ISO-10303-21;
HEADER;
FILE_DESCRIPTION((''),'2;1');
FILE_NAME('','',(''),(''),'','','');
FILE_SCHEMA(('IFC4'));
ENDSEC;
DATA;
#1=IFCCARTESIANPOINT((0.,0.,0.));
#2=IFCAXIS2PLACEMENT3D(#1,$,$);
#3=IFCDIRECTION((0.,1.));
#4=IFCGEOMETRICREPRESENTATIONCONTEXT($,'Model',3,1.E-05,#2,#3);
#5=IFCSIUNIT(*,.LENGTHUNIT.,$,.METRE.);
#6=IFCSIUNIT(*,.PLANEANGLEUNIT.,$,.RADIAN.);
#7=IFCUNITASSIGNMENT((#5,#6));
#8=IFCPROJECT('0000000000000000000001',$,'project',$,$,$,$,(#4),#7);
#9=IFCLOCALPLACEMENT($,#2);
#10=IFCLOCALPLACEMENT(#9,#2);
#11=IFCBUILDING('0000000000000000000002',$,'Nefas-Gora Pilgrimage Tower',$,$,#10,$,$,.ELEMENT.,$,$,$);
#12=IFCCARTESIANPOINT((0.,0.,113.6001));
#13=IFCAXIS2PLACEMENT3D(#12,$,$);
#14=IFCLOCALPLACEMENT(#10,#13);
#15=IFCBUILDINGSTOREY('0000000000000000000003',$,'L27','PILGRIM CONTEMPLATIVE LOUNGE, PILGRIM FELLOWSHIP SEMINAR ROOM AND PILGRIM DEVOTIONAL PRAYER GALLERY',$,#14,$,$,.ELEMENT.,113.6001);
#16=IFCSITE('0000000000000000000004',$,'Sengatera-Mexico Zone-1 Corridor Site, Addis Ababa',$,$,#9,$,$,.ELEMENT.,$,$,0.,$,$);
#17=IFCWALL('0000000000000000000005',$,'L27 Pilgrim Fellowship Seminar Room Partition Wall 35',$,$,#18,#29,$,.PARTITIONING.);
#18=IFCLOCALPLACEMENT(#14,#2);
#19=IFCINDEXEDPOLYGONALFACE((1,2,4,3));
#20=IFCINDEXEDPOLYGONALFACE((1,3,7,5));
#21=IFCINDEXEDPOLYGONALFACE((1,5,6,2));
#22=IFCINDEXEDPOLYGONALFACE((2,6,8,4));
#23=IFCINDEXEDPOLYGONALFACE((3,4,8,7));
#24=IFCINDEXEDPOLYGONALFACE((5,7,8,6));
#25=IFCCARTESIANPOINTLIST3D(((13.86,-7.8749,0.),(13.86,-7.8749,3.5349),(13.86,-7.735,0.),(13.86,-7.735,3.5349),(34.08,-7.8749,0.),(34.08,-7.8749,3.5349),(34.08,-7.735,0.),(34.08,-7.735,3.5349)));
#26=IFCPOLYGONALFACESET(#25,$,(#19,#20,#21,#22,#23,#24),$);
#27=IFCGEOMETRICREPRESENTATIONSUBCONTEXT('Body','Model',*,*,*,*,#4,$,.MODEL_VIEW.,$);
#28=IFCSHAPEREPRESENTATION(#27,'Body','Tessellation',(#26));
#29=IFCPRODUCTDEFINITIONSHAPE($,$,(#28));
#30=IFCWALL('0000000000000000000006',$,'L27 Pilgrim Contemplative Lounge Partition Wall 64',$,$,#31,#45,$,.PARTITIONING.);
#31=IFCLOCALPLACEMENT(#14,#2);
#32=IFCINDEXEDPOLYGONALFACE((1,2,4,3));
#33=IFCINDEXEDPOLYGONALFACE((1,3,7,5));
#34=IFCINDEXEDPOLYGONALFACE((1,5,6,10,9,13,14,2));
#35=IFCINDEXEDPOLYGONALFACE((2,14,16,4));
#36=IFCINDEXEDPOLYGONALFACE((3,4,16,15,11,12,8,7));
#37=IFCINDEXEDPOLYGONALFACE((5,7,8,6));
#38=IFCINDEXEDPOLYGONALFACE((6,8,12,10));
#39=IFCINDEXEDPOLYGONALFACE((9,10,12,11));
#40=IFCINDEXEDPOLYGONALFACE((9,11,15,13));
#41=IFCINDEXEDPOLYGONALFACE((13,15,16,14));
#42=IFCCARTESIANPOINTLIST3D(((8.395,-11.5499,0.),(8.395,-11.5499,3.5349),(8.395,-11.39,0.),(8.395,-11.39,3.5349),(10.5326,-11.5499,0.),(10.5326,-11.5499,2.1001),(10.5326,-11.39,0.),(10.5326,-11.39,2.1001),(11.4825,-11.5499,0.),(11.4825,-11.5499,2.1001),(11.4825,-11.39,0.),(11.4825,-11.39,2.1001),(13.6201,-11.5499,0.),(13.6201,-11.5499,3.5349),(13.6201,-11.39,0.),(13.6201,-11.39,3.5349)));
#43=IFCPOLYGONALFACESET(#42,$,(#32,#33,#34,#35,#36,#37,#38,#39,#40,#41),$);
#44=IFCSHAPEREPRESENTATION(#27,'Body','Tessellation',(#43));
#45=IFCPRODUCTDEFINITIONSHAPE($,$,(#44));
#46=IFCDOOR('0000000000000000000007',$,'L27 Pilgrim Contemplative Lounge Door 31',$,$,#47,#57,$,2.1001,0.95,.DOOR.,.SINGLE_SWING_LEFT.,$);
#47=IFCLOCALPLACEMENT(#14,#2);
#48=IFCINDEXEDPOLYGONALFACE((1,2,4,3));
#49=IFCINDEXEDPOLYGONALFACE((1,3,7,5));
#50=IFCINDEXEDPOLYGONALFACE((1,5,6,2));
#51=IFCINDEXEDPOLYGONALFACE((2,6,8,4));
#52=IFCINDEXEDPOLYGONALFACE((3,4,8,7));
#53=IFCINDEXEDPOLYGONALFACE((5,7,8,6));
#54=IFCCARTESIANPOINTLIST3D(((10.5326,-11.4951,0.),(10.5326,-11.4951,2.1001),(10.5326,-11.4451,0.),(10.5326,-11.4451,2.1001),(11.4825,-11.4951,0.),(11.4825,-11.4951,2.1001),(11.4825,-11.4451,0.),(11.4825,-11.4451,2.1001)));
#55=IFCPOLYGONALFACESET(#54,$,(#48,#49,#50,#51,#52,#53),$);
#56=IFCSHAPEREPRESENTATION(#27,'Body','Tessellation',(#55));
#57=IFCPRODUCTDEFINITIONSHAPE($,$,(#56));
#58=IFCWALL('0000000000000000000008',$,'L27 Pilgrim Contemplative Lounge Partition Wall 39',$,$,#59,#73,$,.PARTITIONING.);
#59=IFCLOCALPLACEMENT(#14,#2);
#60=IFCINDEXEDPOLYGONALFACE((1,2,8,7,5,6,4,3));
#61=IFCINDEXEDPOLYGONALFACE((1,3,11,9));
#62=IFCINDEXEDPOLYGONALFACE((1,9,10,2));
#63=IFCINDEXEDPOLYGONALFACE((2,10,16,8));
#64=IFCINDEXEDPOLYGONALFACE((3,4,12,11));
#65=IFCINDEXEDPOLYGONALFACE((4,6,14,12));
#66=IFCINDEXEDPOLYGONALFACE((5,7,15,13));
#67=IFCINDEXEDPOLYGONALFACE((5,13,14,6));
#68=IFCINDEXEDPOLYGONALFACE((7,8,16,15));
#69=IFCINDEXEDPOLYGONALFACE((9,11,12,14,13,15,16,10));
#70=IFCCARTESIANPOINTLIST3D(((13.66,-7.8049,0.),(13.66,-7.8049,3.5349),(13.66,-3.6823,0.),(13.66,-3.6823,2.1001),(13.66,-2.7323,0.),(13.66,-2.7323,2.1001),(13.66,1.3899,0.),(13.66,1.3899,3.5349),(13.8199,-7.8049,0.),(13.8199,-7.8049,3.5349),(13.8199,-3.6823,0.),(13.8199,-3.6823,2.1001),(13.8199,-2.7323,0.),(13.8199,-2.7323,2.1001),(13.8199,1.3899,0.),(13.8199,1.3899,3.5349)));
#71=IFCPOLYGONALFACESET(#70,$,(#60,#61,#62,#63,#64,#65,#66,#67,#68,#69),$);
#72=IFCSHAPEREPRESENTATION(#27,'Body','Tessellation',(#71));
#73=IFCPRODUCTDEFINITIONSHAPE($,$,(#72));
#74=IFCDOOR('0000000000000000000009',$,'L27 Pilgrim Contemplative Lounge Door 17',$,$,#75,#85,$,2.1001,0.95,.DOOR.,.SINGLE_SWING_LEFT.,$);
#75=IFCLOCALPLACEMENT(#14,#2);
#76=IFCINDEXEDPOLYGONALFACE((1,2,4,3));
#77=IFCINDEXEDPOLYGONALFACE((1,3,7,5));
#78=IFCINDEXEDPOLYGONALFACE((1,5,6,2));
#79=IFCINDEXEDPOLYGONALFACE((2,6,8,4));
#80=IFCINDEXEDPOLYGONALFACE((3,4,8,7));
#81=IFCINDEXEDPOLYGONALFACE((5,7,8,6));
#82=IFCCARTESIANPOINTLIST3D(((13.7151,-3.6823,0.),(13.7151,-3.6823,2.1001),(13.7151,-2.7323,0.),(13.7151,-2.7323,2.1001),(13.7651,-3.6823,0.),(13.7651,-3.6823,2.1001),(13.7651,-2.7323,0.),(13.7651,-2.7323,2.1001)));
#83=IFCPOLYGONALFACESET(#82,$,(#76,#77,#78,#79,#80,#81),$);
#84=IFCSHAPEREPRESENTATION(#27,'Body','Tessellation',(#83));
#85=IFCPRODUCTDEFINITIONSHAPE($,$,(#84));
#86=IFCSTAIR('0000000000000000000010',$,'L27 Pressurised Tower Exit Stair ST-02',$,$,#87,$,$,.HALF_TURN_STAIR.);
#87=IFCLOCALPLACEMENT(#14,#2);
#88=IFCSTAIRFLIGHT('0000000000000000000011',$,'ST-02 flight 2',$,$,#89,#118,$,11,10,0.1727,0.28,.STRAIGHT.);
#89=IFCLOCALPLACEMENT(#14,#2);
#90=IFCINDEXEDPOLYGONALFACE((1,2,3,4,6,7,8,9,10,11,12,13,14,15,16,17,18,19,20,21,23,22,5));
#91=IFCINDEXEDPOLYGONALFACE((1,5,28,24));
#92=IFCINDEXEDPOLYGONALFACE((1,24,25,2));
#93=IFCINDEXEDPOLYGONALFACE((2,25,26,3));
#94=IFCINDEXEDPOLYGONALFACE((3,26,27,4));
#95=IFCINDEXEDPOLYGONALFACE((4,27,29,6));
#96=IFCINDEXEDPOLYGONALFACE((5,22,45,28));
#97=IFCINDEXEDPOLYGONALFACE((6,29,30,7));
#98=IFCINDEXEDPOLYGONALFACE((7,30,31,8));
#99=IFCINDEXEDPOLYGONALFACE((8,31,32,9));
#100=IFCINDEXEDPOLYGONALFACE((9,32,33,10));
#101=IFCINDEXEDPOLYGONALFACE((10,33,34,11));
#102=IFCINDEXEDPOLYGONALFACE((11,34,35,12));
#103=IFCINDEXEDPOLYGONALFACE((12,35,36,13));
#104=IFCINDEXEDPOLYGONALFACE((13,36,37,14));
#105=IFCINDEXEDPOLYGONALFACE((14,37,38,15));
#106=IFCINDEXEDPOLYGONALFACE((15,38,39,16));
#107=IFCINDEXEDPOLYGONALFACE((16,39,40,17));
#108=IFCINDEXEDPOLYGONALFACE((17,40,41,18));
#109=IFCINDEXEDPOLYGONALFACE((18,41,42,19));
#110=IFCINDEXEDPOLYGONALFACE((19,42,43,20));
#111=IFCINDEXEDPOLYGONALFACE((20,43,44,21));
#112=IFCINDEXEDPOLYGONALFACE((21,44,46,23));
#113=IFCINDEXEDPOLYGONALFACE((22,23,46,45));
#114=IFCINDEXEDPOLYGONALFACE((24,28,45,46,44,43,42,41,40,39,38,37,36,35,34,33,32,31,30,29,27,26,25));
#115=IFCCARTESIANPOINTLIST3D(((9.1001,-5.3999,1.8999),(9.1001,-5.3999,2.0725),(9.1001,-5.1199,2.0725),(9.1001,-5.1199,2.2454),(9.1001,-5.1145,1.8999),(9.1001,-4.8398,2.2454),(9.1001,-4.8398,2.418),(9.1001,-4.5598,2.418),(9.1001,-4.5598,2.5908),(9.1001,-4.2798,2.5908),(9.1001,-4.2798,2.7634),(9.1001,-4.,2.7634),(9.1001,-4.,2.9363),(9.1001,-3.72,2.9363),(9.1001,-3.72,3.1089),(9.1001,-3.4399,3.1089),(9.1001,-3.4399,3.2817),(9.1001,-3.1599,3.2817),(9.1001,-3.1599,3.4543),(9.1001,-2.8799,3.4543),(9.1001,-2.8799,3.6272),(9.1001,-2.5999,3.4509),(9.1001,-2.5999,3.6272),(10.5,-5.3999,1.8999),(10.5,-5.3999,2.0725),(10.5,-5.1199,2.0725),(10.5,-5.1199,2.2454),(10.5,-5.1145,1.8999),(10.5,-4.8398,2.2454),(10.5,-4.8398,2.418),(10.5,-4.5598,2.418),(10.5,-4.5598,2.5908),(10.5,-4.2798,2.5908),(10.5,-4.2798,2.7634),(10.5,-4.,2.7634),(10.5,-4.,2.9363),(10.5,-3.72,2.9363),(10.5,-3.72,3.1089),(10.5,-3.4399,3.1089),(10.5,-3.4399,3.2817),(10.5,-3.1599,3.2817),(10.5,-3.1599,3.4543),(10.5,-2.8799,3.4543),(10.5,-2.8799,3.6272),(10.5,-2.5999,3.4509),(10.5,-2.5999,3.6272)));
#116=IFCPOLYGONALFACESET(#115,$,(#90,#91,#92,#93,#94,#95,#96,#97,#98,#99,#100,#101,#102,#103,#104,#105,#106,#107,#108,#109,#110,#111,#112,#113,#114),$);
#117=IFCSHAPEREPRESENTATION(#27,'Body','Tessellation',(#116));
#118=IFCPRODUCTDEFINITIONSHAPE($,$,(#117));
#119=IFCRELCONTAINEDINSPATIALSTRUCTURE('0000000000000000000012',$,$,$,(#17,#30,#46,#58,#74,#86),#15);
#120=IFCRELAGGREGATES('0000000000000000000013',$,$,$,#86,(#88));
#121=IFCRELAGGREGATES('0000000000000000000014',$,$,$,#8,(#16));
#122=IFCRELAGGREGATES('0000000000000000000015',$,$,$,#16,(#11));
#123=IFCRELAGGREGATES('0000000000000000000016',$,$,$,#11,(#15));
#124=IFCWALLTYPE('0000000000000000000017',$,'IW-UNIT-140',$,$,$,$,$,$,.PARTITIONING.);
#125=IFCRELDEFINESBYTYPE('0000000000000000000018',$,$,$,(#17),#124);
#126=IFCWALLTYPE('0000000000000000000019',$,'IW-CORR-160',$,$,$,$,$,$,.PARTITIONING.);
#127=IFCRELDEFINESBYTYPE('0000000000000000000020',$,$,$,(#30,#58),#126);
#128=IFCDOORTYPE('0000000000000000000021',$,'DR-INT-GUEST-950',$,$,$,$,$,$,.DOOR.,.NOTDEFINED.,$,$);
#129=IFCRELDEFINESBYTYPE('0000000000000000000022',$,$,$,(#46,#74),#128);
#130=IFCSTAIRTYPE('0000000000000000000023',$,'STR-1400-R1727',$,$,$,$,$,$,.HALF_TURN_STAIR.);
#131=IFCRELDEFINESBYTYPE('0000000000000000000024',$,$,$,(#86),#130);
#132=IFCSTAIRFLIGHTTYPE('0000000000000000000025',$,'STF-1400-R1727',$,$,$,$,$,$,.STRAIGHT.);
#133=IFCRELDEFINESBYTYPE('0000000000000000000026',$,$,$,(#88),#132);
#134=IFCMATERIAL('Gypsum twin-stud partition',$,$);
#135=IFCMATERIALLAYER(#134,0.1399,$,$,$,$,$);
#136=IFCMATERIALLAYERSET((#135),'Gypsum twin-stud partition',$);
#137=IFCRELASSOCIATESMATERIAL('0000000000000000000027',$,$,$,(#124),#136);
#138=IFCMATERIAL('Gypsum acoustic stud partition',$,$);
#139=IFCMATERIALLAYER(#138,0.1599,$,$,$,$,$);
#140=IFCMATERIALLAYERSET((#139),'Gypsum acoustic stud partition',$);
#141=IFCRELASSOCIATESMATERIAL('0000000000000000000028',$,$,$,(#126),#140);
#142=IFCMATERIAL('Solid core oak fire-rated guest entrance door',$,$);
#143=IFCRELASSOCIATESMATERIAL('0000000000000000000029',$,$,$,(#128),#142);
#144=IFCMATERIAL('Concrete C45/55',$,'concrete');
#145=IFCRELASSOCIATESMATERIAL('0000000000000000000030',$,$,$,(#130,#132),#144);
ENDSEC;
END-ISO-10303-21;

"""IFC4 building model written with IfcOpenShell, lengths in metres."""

from ifc_helpers import new_model, si_unit, direction, frame, frame_2d, origin, place, context, subcontext, project, spatial, polyline, rectangle, outline, extrude, source, transform, mapped, material, layer, layer_set, type_object, element, fill, aggregate, save


model = new_model("IFC4")

# Units and contexts
model_context = context("Model", 3, precision=1e-05, world=origin(), true_north=direction((0.0, 1.0)))
body_context = subcontext(model_context, "Body", "Model", "MODEL_VIEW")
ifc_project = project(units=[si_unit("LENGTHUNIT", "METRE"), si_unit("PLANEANGLEUNIT", "RADIAN")], contexts=[model_context])

# Site, building, storey
site_placement = place(None, origin())
site = spatial("IfcSite", under=ifc_project, at=site_placement, Name="Sengatera-Mexico Zone-1 Corridor Site, Addis Ababa", CompositionType="ELEMENT", RefElevation=0.0)
building_placement = place(site_placement, origin())
building = spatial("IfcBuilding", under=site, at=building_placement, Name="Nefas-Gora Pilgrimage Tower", CompositionType="ELEMENT")
storey_placement = place(building_placement, frame((0.0, 0.0, 113.6001)))
storey = spatial("IfcBuildingStorey", under=building, at=storey_placement, Name="L27", Description="PILGRIM CONTEMPLATIVE LOUNGE, PILGRIM FELLOWSHIP SEMINAR ROOM AND PILGRIM DEVOTIONAL PRAYER GALLERY", CompositionType="ELEMENT", Elevation=113.6001)

# Wall
ifc_material_1 = material(Name="Concrete C45/55", Category="concrete")
ifc_material_2 = material(Name="Gypsum twin-stud partition")
ifc_layer_1 = layer(ifc_material_2, 0.1399)
ifc_layer_set_1 = layer_set([ifc_layer_1], Name="Gypsum twin-stud partition")
wall_type_1 = type_object("IfcWallType", Name="IW-UNIT-140", PredefinedType="PARTITIONING", material=ifc_layer_set_1)
shared_shape_1 = source(origin(), body_context, "Body", "SweptSolid", [
    extrude(rectangle(XDim=20.22, YDim=0.1399, at=frame_2d((10.1099, 0.0))), origin(), (0.0, 0.0, 1.0), 3.5349),
])
wall_1_placement = place(storey_placement, frame((13.8601, -7.8049, 0.0), z_axis=(0.0, 0.0, 1.0), x_axis=(1.0, 0.0, 0.0)))
element("IfcWall", 1, at=wall_1_placement, inside=storey, type_object=wall_type_1, Name="L27 Pilgrim Fellowship Seminar Room Partition Wall 35", PredefinedType="PARTITIONING", context=body_context, shape_type="MappedRepresentation", body=[
    mapped(shared_shape_1, transform((0.0, 0.0, 0.0), x_axis=(1.0, 0.0, 0.0), y_axis=(0.0, 1.0, 0.0), z_axis=(0.0, 0.0, 1.0), scale=1.0)),
])

# Walls, openings, doors
ifc_material_3 = material(Name="Gypsum acoustic stud partition")
ifc_layer_2 = layer(ifc_material_3, 0.1599)
ifc_layer_set_2 = layer_set([ifc_layer_2], Name="Gypsum acoustic stud partition")
wall_type_2 = type_object("IfcWallType", Name="IW-CORR-160", PredefinedType="PARTITIONING", material=ifc_layer_set_2)
shared_shape_2 = source(origin(), body_context, "Body", "SweptSolid", [
    extrude(rectangle(XDim=5.2251, YDim=0.1599, at=frame_2d((2.6125, 0.0))), origin(), (0.0, 0.0, 1.0), 3.5349),
])
wall_2_placement = place(storey_placement, frame((8.395, -11.47, 0.0), z_axis=(0.0, 0.0, 1.0), x_axis=(1.0, 0.0, 0.0)))
wall_2 = element("IfcWall", 2, at=wall_2_placement, inside=storey, type_object=wall_type_2, Name="L27 Pilgrim Contemplative Lounge Partition Wall 64", PredefinedType="PARTITIONING", context=body_context, shape_type="MappedRepresentation", body=[
    mapped(shared_shape_2, transform((0.0, 0.0, 0.0), x_axis=(1.0, 0.0, 0.0), y_axis=(0.0, 1.0, 0.0), z_axis=(0.0, 0.0, 1.0), scale=1.0)),
])
opening_1_placement = place(wall_2_placement, frame((2.1375, 0.0, 0.0)))
opening_1 = element("IfcOpeningElement", 3, at=opening_1_placement, cuts=wall_2, PredefinedType="OPENING", context=body_context, shape_type="SweptSolid", body=[
    extrude(rectangle(XDim=0.95, YDim=2.1001, at=frame_2d((0.4751, 1.05))), frame((0.0, 0.0898, 0.0), z_axis=(0.0, -1.0, 0.0), x_axis=(1.0, 0.0, 0.0)), (0.0, 0.0, 1.0), 0.1799),
])
ifc_material_4 = material(Name="Solid core oak fire-rated guest entrance door")
door_type_1 = type_object("IfcDoorType", Name="DR-INT-GUEST-950", OperationType="NOTDEFINED", PredefinedType="DOOR", material=ifc_material_4)
shared_shape_3 = source(origin(), body_context, "Body", "SweptSolid", [
    extrude(rectangle(XDim=0.95, YDim=2.1001, at=frame_2d((0.4751, 1.05))), frame((0.0, 0.0249, 0.0), z_axis=(0.0, -1.0, 0.0), x_axis=(1.0, 0.0, 0.0)), (0.0, 0.0, 1.0), 0.05),
])
door_1_placement = place(opening_1_placement, origin())
door_1 = element("IfcDoor", 4, at=door_1_placement, inside=storey, type_object=door_type_1, Name="L27 Pilgrim Contemplative Lounge Door 31", OperationType="SINGLE_SWING_LEFT", OverallHeight=2.1001, OverallWidth=0.95, PredefinedType="DOOR", context=body_context, shape_type="MappedRepresentation", body=[
    mapped(shared_shape_3, transform((0.0, 0.0, 0.0), x_axis=(1.0, 0.0, 0.0), y_axis=(0.0, 1.0, 0.0), z_axis=(0.0, 0.0, 1.0), scale=1.0)),
])
fill(opening_1, door_1)
shared_shape_4 = source(origin(), body_context, "Body", "SweptSolid", [
    extrude(rectangle(XDim=9.1948, YDim=0.1599, at=frame_2d((4.5974, 0.0))), origin(), (0.0, 0.0, 1.0), 3.5349),
])
wall_3_placement = place(storey_placement, frame((13.74, -7.8049, 0.0), z_axis=(0.0, 0.0, 1.0), x_axis=(0.0, 1.0, 0.0)))
wall_3 = element("IfcWall", 5, at=wall_3_placement, inside=storey, type_object=wall_type_2, Name="L27 Pilgrim Contemplative Lounge Partition Wall 39", PredefinedType="PARTITIONING", context=body_context, shape_type="MappedRepresentation", body=[
    mapped(shared_shape_4, transform((0.0, 0.0, 0.0), x_axis=(1.0, 0.0, 0.0), y_axis=(0.0, 1.0, 0.0), z_axis=(0.0, 0.0, 1.0), scale=1.0)),
])
opening_2_placement = place(wall_3_placement, frame((4.1226, 0.0, 0.0)))
opening_2 = element("IfcOpeningElement", 6, at=opening_2_placement, cuts=wall_3, PredefinedType="OPENING", context=body_context, shape_type="SweptSolid", body=[
    extrude(rectangle(XDim=0.95, YDim=2.1001, at=frame_2d((0.4751, 1.05))), frame((0.0, 0.0898, 0.0), z_axis=(0.0, -1.0, 0.0), x_axis=(1.0, 0.0, 0.0)), (0.0, 0.0, 1.0), 0.1799),
])
door_2_placement = place(opening_2_placement, origin())
door_2 = element("IfcDoor", 7, at=door_2_placement, inside=storey, type_object=door_type_1, Name="L27 Pilgrim Contemplative Lounge Door 17", OperationType="SINGLE_SWING_LEFT", OverallHeight=2.1001, OverallWidth=0.95, PredefinedType="DOOR", context=body_context, shape_type="MappedRepresentation", body=[
    mapped(shared_shape_3, transform((0.0, 0.0, 0.0), x_axis=(1.0, 0.0, 0.0), y_axis=(0.0, 1.0, 0.0), z_axis=(0.0, 0.0, 1.0), scale=1.0)),
])
fill(opening_2, door_2)

# Stair, stair flight
stair_type = type_object("IfcStairType", Name="STR-1400-R1727", PredefinedType="HALF_TURN_STAIR", material=ifc_material_1)
stair_placement = place(storey_placement, origin())
stair = element("IfcStair", 8, at=stair_placement, inside=storey, type_object=stair_type, Name="L27 Pressurised Tower Exit Stair ST-02", PredefinedType="HALF_TURN_STAIR")
stair_flight_type = type_object("IfcStairFlightType", Name="STF-1400-R1727", PredefinedType="STRAIGHT", material=ifc_material_1)
shared_shape_5 = source(origin(), body_context, "Body", "SweptSolid", [
    extrude(outline(polyline([(0.0, 0.0), (0.0, 0.1726), (0.28, 0.1726), (0.28, 0.3455), (0.5601, 0.3455), (0.5601, 0.5181), (0.8401, 0.5181), (0.8401, 0.6909), (1.1201, 0.6909), (1.1201, 0.8635), (1.3999, 0.8635), (1.3999, 1.0364), (1.6799, 1.0364), (1.6799, 1.209), (1.96, 1.209), (1.96, 1.3818), (2.24, 1.3818), (2.24, 1.5544), (2.52, 1.5544), (2.52, 1.7273), (2.8, 1.7273), (2.8, 1.8999), (2.8, 1.551), (0.2854, 0.0), (0.0, 0.0)])), frame((0.0, 0.7, 0.0), z_axis=(0.0, -1.0, 0.0), x_axis=(1.0, 0.0, 0.0)), (0.0, 0.0, 1.0), 1.3999),
])
stair_flight_placement = place(storey_placement, frame((9.8, -5.3999, 1.8999), z_axis=(0.0, 0.0, 1.0), x_axis=(0.0, 1.0, 0.0)))
stair_flight = element("IfcStairFlight", 9, at=stair_flight_placement, type_object=stair_flight_type, Name="ST-02 flight 2", NumberOfRisers=11, NumberOfTreads=10, PredefinedType="STRAIGHT", RiserHeight=0.1727, TreadLength=0.28, context=body_context, shape_type="MappedRepresentation", body=[
    mapped(shared_shape_5, transform((0.0, 0.0, 0.0), x_axis=(1.0, 0.0, 0.0), y_axis=(0.0, 1.0, 0.0), z_axis=(0.0, 0.0, 1.0), scale=1.0)),
])
aggregate(stair, [stair_flight])

save(model, "model.ifc")
